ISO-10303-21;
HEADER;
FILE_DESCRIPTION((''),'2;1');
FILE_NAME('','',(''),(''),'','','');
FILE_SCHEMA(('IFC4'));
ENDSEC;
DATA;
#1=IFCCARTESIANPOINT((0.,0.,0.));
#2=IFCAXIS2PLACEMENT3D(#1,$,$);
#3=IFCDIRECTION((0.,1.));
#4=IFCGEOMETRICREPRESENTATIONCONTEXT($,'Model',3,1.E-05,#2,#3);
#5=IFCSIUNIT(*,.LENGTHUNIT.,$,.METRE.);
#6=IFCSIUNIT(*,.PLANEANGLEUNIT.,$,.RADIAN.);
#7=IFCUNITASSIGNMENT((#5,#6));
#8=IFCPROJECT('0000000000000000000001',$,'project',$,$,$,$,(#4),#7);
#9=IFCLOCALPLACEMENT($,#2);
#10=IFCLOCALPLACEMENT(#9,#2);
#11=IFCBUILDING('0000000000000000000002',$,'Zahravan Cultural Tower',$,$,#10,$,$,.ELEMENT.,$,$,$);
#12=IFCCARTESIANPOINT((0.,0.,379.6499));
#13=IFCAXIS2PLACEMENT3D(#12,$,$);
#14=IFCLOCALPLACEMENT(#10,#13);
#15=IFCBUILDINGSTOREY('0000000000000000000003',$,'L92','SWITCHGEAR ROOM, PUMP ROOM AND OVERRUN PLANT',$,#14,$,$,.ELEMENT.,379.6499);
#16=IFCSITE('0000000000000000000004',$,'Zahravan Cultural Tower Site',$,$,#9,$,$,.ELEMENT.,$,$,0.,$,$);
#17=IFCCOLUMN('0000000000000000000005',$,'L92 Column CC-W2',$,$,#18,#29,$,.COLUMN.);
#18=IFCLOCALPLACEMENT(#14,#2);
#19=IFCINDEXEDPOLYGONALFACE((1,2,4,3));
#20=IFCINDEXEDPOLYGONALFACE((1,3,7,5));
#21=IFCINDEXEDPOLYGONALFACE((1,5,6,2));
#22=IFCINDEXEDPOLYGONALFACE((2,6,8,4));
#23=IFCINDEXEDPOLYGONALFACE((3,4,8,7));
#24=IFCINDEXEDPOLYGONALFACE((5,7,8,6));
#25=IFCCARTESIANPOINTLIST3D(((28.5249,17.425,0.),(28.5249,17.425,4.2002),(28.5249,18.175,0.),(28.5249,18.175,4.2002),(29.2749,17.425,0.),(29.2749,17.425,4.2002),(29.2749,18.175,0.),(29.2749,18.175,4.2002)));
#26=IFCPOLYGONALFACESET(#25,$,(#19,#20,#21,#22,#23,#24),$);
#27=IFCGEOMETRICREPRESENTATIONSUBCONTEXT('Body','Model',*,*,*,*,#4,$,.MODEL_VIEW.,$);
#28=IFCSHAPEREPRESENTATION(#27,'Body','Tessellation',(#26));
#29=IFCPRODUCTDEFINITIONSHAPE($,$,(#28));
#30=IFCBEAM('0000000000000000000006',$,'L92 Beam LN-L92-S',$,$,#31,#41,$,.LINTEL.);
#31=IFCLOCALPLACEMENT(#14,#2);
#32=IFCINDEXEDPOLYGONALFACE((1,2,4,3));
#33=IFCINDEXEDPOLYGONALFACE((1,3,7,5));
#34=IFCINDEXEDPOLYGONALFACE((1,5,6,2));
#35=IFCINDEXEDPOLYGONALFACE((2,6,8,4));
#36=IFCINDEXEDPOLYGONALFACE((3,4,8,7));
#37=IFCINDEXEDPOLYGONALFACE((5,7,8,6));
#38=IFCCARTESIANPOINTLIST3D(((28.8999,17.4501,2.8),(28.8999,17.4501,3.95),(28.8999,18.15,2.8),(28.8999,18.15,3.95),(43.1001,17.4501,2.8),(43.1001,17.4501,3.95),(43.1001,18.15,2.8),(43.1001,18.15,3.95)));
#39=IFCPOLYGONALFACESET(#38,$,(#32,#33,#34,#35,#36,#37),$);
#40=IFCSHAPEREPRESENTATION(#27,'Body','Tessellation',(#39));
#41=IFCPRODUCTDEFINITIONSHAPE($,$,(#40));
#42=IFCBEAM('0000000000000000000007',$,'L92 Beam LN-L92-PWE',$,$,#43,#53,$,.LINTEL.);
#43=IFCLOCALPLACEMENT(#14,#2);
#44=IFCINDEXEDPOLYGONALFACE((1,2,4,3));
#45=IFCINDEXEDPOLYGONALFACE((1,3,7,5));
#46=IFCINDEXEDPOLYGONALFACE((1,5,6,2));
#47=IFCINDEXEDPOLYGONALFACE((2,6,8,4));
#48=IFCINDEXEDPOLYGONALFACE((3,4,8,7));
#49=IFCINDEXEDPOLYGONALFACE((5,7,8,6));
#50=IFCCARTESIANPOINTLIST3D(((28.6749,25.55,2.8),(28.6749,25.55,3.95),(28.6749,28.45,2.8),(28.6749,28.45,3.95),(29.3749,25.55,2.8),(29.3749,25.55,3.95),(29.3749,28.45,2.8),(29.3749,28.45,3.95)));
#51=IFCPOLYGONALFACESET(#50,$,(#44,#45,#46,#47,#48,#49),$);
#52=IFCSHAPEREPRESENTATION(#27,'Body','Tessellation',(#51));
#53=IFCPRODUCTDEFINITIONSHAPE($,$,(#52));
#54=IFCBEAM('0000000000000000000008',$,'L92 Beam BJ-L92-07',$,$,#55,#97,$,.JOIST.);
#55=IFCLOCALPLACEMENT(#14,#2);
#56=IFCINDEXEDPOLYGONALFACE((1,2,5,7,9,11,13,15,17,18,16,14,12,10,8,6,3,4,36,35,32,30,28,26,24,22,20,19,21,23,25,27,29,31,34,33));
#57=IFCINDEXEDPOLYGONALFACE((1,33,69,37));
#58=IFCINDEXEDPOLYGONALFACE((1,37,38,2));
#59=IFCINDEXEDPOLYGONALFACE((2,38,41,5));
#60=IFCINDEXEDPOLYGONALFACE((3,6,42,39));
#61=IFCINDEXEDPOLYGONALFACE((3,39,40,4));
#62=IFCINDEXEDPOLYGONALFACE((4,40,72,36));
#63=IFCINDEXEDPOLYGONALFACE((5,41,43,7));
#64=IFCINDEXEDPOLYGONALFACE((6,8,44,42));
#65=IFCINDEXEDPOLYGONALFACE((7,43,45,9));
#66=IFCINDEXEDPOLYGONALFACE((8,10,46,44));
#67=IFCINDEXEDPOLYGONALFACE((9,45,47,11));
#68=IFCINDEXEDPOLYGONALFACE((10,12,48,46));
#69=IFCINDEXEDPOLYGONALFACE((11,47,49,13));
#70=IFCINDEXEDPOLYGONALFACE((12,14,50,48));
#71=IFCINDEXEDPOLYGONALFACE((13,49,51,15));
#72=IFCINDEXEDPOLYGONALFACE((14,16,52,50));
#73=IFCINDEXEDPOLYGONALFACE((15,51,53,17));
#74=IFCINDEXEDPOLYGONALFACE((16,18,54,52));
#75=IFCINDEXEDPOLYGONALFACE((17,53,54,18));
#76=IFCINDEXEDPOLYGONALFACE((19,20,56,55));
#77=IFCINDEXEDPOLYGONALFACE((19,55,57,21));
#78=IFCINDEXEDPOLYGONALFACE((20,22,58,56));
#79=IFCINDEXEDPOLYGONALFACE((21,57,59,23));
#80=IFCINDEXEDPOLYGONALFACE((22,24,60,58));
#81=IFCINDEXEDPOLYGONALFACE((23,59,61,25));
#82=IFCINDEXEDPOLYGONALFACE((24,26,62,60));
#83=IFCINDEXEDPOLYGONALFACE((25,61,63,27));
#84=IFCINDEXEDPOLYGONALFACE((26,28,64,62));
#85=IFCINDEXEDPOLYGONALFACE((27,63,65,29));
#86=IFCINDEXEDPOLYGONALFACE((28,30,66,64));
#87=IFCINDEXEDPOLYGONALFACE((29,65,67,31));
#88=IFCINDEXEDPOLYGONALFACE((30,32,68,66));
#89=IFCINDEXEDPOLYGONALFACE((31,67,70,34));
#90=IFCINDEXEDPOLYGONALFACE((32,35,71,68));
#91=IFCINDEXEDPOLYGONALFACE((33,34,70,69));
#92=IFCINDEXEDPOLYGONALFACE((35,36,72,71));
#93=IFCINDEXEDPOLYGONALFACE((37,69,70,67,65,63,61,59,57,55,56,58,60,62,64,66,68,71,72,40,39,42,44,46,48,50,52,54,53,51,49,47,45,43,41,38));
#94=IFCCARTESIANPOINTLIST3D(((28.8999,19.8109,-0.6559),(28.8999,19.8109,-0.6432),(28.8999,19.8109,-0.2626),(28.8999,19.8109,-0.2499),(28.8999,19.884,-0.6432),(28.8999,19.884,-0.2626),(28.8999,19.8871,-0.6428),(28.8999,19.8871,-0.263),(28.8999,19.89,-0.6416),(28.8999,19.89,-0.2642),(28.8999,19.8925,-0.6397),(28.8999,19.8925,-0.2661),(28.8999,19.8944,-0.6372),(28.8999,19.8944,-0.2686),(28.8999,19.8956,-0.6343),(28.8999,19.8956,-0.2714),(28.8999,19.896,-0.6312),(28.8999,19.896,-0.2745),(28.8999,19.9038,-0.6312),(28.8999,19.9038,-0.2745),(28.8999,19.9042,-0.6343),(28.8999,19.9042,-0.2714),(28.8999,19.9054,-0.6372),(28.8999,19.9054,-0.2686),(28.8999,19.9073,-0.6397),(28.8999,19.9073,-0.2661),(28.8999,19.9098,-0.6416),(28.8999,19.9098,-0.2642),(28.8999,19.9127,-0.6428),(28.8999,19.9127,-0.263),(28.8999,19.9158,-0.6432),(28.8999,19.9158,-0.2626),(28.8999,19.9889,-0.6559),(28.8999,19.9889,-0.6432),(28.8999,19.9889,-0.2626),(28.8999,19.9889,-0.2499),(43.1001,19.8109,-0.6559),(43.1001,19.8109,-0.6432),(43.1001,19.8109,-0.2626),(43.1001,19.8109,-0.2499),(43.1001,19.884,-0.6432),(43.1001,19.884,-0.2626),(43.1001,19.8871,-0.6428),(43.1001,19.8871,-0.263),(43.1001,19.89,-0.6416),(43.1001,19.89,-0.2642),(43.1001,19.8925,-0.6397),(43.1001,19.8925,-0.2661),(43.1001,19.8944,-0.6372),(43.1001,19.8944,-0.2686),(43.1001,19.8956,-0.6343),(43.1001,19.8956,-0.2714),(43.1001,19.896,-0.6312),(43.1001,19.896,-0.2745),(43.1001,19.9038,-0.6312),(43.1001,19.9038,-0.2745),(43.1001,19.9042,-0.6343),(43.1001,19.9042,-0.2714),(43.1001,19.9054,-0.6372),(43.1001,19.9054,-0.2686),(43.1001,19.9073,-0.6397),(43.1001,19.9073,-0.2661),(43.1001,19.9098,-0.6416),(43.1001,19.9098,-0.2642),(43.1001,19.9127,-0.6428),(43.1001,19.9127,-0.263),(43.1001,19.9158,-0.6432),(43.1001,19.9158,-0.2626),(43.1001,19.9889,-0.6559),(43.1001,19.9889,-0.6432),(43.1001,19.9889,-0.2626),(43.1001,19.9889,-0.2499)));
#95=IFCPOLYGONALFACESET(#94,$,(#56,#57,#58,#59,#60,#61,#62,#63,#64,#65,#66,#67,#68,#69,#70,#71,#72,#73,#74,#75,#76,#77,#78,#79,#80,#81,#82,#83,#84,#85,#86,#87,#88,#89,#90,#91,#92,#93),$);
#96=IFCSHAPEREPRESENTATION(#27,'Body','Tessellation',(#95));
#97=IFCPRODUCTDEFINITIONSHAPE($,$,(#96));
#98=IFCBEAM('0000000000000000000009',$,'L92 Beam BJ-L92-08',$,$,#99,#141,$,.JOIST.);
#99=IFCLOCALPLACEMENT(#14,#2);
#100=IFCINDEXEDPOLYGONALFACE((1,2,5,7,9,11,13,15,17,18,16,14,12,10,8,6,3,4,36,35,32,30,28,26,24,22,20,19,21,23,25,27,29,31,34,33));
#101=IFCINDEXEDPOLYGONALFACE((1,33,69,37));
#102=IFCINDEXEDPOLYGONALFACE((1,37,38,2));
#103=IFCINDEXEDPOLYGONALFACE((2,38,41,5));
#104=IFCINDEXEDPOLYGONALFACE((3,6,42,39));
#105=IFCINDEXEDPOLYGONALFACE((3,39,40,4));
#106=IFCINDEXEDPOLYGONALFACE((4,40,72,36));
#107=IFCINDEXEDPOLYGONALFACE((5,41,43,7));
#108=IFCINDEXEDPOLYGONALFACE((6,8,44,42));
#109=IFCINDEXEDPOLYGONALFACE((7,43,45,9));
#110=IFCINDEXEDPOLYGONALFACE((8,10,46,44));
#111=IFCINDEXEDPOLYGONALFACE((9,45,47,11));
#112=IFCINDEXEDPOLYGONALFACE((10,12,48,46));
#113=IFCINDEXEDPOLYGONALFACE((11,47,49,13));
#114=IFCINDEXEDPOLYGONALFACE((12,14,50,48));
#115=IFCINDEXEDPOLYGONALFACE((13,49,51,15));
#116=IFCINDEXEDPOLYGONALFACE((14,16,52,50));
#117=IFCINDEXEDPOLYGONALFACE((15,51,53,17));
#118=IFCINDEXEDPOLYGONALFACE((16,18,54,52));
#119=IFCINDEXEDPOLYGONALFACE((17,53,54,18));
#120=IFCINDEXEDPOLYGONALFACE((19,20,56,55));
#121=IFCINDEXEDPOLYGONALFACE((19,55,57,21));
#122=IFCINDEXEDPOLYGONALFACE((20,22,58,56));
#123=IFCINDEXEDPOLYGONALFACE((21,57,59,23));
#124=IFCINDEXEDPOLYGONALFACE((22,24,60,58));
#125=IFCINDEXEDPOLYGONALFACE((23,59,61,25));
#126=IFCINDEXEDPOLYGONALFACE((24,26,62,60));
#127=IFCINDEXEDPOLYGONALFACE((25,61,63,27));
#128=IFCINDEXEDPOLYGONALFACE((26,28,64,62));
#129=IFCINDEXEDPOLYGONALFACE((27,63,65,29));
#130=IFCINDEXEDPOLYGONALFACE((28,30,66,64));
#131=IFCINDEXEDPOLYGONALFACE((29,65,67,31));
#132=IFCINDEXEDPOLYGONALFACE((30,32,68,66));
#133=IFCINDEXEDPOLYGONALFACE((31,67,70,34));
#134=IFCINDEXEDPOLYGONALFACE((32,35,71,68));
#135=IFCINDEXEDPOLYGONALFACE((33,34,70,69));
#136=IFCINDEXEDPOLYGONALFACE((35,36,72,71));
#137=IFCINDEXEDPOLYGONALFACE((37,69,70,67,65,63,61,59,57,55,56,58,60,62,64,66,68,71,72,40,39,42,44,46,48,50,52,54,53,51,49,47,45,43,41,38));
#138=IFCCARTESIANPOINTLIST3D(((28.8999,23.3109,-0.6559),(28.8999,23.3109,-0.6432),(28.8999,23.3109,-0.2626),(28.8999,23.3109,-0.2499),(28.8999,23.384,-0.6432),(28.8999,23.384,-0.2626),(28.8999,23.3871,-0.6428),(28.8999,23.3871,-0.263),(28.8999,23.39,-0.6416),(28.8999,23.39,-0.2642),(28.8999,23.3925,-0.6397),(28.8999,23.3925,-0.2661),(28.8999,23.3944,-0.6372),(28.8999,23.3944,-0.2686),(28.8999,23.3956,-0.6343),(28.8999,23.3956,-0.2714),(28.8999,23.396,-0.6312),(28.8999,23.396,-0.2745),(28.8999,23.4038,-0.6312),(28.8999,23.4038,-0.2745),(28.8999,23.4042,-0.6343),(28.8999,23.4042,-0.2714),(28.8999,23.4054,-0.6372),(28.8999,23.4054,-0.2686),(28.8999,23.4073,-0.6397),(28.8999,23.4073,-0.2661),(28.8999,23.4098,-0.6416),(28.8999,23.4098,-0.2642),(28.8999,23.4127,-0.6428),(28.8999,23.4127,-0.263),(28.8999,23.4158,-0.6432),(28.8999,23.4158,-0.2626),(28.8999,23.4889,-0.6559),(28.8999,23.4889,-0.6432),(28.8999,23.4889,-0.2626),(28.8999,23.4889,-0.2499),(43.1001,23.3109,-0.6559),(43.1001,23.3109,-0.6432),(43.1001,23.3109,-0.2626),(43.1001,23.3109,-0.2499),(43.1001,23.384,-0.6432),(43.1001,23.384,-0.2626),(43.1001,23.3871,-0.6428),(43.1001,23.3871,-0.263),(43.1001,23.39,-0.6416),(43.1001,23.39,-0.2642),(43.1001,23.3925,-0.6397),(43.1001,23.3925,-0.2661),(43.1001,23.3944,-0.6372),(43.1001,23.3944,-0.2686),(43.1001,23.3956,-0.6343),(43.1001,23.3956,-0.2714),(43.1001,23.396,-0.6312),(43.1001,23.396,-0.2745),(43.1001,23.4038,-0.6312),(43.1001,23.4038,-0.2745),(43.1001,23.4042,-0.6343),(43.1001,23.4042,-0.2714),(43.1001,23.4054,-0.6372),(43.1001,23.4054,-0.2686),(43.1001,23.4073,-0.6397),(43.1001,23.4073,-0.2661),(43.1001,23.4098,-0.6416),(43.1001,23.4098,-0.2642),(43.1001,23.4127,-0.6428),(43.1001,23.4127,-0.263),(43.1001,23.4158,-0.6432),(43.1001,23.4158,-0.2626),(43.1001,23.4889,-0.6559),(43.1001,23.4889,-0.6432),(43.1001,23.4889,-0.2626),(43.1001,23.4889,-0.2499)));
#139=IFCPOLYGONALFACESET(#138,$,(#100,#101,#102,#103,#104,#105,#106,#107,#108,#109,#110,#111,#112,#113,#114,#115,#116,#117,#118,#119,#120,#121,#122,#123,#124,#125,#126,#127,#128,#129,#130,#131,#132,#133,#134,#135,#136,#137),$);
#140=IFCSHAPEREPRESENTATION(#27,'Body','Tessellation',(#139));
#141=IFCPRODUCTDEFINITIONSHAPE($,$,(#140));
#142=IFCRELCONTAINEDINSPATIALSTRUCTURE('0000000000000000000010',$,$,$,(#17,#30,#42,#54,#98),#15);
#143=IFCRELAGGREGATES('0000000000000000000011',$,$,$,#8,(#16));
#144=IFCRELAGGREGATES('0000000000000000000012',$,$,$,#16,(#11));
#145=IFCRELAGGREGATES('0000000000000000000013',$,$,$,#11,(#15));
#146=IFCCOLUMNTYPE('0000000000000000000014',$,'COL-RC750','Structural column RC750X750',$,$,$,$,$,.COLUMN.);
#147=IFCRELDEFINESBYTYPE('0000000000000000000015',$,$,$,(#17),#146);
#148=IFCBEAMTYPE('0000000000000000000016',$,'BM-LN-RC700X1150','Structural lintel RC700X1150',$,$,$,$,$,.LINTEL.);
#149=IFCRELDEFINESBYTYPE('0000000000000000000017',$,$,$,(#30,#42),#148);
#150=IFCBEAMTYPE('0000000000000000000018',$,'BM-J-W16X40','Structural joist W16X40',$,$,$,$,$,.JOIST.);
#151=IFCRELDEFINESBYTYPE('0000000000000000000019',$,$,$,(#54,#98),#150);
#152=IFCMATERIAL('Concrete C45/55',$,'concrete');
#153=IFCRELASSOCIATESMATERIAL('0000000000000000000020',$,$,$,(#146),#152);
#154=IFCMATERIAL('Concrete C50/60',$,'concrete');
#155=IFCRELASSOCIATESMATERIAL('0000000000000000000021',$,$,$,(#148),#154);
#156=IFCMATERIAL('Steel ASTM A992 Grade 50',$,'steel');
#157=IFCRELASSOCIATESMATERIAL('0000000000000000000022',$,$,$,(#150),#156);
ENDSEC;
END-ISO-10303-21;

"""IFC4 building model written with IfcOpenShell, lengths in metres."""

from ifc_helpers import new_model, si_unit, direction, frame, origin, origin_2d, place, context, subcontext, project, spatial, rectangle, i_section, extrude, source, transform, mapped, material, material_profile, profile_set, type_object, element, save


model = new_model("IFC4")

# Units and contexts
model_context = context("Model", 3, precision=1e-05, world=origin(), true_north=direction((0.0, 1.0)))
body_context = subcontext(model_context, "Body", "Model", "MODEL_VIEW")
ifc_project = project(units=[si_unit("LENGTHUNIT", "METRE"), si_unit("PLANEANGLEUNIT", "RADIAN")], contexts=[model_context])

# Site, building, storey
site_placement = place(None, origin())
site = spatial("IfcSite", under=ifc_project, at=site_placement, Name="Zahravan Cultural Tower Site", CompositionType="ELEMENT", RefElevation=0.0)
building_placement = place(site_placement, origin())
building = spatial("IfcBuilding", under=site, at=building_placement, Name="Zahravan Cultural Tower", CompositionType="ELEMENT")
storey_placement = place(building_placement, frame((0.0, 0.0, 379.6499)))
storey = spatial("IfcBuildingStorey", under=building, at=storey_placement, Name="L92", Description="SWITCHGEAR ROOM, PUMP ROOM AND OVERRUN PLANT", CompositionType="ELEMENT", Elevation=379.6499)

# Column
ifc_material_1 = material(Name="Concrete C45/55", Category="concrete")
ifc_material_profile_1 = material_profile(ifc_material_1, rectangle(XDim=0.75, YDim=0.75, at=origin_2d()), Name="RC750X750")
ifc_profile_set_1 = profile_set([ifc_material_profile_1], Name="Concrete C45/55")
column_type = type_object("IfcColumnType", Name="COL-RC750", Description="Structural column RC750X750", PredefinedType="COLUMN", material=ifc_profile_set_1)
shared_shape_1 = source(origin(), body_context, "Body", "SweptSolid", [
    extrude(rectangle(XDim=0.75, YDim=0.75, at=origin_2d()), origin(), (0.0, 0.0, 1.0), 4.2002),
])
column_placement = place(storey_placement, frame((28.8999, 17.8, 0.0), z_axis=(0.0, 0.0, 1.0), x_axis=(1.0, 0.0, 0.0)))
element("IfcColumn", 1, at=column_placement, inside=storey, type_object=column_type, Name="L92 Column CC-W2", PredefinedType="COLUMN", context=body_context, shape_type="MappedRepresentation", body=[
    mapped(shared_shape_1, transform((0.0, 0.0, 0.0), x_axis=(1.0, 0.0, 0.0), y_axis=(0.0, 1.0, 0.0), z_axis=(0.0, 0.0, 1.0), scale=1.0)),
])

# Beams
ifc_material_2 = material(Name="Concrete C50/60", Category="concrete")
ifc_material_profile_2 = material_profile(ifc_material_2, rectangle(XDim=0.7, YDim=1.1499, at=origin_2d()), Name="RC700X1150")
ifc_profile_set_2 = profile_set([ifc_material_profile_2], Name="Concrete C50/60")
beam_type_1 = type_object("IfcBeamType", Name="BM-LN-RC700X1150", Description="Structural lintel RC700X1150", PredefinedType="LINTEL", material=ifc_profile_set_2)
shared_shape_2 = source(origin(), body_context, "Body", "SweptSolid", [
    extrude(rectangle(XDim=0.7, YDim=1.1499, at=origin_2d()), origin(), (0.0, 0.0, 1.0), 14.2002),
])
beam_1_placement = place(storey_placement, frame((28.8999, 17.8, 3.375), z_axis=(1.0, 0.0, 0.0), x_axis=(0.0, 1.0, 0.0)))
element("IfcBeam", 2, at=beam_1_placement, inside=storey, type_object=beam_type_1, Name="L92 Beam LN-L92-S", PredefinedType="LINTEL", context=body_context, shape_type="MappedRepresentation", body=[
    mapped(shared_shape_2, transform((0.0, 0.0, 0.0), x_axis=(1.0, 0.0, 0.0), y_axis=(0.0, 1.0, 0.0), z_axis=(0.0, 0.0, 1.0), scale=1.0)),
])
shared_shape_3 = source(origin(), body_context, "Body", "SweptSolid", [
    extrude(rectangle(XDim=0.7, YDim=1.1499, at=origin_2d()), origin(), (0.0, 0.0, 1.0), 2.8999),
])
beam_2_placement = place(storey_placement, frame((29.0249, 25.55, 3.375), z_axis=(0.0, 1.0, 0.0), x_axis=(-1.0, 0.0, 0.0)))
element("IfcBeam", 3, at=beam_2_placement, inside=storey, type_object=beam_type_1, Name="L92 Beam LN-L92-PWE", PredefinedType="LINTEL", context=body_context, shape_type="MappedRepresentation", body=[
    mapped(shared_shape_3, transform((0.0, 0.0, 0.0), x_axis=(1.0, 0.0, 0.0), y_axis=(0.0, 1.0, 0.0), z_axis=(0.0, 0.0, 1.0), scale=1.0)),
])
ifc_material_3 = material(Name="Steel ASTM A992 Grade 50", Category="steel")
ifc_material_profile_3 = material_profile(ifc_material_3, i_section(OverallWidth=0.178, OverallDepth=0.406, WebThickness=0.0078, FlangeThickness=0.0127, FilletRadius=0.012, at=origin_2d()), Name="W16X40")
ifc_profile_set_3 = profile_set([ifc_material_profile_3], Name="Steel ASTM A992 Grade 50")
beam_type_2 = type_object("IfcBeamType", Name="BM-J-W16X40", Description="Structural joist W16X40", PredefinedType="JOIST", material=ifc_profile_set_3)
shared_shape_4 = source(origin(), body_context, "Body", "SweptSolid", [
    extrude(i_section(OverallWidth=0.178, OverallDepth=0.406, WebThickness=0.0078, FlangeThickness=0.0127, FilletRadius=0.012, at=origin_2d()), origin(), (0.0, 0.0, 1.0), 14.2002),
])
for number, where, z_axis, x_axis, name in (
    (4, (28.8999, 19.8999, -0.4529), (1.0, 0.0, 0.0), (0.0, 1.0, 0.0), "L92 Beam BJ-L92-07"),
    (5, (28.8999, 23.3999, -0.4529), (1.0, 0.0, 0.0), (0.0, 1.0, 0.0), "L92 Beam BJ-L92-08"),
):
    element("IfcBeam", number, at=place(storey_placement, frame(where, z_axis=z_axis, x_axis=x_axis)), inside=storey, type_object=beam_type_2, Name=name, PredefinedType="JOIST", context=body_context, shape_type="MappedRepresentation", body=[
        mapped(shared_shape_4, transform((0.0, 0.0, 0.0), x_axis=(1.0, 0.0, 0.0), y_axis=(0.0, 1.0, 0.0), z_axis=(0.0, 0.0, 1.0), scale=1.0)),
    ])

save(model, "model.ifc")
